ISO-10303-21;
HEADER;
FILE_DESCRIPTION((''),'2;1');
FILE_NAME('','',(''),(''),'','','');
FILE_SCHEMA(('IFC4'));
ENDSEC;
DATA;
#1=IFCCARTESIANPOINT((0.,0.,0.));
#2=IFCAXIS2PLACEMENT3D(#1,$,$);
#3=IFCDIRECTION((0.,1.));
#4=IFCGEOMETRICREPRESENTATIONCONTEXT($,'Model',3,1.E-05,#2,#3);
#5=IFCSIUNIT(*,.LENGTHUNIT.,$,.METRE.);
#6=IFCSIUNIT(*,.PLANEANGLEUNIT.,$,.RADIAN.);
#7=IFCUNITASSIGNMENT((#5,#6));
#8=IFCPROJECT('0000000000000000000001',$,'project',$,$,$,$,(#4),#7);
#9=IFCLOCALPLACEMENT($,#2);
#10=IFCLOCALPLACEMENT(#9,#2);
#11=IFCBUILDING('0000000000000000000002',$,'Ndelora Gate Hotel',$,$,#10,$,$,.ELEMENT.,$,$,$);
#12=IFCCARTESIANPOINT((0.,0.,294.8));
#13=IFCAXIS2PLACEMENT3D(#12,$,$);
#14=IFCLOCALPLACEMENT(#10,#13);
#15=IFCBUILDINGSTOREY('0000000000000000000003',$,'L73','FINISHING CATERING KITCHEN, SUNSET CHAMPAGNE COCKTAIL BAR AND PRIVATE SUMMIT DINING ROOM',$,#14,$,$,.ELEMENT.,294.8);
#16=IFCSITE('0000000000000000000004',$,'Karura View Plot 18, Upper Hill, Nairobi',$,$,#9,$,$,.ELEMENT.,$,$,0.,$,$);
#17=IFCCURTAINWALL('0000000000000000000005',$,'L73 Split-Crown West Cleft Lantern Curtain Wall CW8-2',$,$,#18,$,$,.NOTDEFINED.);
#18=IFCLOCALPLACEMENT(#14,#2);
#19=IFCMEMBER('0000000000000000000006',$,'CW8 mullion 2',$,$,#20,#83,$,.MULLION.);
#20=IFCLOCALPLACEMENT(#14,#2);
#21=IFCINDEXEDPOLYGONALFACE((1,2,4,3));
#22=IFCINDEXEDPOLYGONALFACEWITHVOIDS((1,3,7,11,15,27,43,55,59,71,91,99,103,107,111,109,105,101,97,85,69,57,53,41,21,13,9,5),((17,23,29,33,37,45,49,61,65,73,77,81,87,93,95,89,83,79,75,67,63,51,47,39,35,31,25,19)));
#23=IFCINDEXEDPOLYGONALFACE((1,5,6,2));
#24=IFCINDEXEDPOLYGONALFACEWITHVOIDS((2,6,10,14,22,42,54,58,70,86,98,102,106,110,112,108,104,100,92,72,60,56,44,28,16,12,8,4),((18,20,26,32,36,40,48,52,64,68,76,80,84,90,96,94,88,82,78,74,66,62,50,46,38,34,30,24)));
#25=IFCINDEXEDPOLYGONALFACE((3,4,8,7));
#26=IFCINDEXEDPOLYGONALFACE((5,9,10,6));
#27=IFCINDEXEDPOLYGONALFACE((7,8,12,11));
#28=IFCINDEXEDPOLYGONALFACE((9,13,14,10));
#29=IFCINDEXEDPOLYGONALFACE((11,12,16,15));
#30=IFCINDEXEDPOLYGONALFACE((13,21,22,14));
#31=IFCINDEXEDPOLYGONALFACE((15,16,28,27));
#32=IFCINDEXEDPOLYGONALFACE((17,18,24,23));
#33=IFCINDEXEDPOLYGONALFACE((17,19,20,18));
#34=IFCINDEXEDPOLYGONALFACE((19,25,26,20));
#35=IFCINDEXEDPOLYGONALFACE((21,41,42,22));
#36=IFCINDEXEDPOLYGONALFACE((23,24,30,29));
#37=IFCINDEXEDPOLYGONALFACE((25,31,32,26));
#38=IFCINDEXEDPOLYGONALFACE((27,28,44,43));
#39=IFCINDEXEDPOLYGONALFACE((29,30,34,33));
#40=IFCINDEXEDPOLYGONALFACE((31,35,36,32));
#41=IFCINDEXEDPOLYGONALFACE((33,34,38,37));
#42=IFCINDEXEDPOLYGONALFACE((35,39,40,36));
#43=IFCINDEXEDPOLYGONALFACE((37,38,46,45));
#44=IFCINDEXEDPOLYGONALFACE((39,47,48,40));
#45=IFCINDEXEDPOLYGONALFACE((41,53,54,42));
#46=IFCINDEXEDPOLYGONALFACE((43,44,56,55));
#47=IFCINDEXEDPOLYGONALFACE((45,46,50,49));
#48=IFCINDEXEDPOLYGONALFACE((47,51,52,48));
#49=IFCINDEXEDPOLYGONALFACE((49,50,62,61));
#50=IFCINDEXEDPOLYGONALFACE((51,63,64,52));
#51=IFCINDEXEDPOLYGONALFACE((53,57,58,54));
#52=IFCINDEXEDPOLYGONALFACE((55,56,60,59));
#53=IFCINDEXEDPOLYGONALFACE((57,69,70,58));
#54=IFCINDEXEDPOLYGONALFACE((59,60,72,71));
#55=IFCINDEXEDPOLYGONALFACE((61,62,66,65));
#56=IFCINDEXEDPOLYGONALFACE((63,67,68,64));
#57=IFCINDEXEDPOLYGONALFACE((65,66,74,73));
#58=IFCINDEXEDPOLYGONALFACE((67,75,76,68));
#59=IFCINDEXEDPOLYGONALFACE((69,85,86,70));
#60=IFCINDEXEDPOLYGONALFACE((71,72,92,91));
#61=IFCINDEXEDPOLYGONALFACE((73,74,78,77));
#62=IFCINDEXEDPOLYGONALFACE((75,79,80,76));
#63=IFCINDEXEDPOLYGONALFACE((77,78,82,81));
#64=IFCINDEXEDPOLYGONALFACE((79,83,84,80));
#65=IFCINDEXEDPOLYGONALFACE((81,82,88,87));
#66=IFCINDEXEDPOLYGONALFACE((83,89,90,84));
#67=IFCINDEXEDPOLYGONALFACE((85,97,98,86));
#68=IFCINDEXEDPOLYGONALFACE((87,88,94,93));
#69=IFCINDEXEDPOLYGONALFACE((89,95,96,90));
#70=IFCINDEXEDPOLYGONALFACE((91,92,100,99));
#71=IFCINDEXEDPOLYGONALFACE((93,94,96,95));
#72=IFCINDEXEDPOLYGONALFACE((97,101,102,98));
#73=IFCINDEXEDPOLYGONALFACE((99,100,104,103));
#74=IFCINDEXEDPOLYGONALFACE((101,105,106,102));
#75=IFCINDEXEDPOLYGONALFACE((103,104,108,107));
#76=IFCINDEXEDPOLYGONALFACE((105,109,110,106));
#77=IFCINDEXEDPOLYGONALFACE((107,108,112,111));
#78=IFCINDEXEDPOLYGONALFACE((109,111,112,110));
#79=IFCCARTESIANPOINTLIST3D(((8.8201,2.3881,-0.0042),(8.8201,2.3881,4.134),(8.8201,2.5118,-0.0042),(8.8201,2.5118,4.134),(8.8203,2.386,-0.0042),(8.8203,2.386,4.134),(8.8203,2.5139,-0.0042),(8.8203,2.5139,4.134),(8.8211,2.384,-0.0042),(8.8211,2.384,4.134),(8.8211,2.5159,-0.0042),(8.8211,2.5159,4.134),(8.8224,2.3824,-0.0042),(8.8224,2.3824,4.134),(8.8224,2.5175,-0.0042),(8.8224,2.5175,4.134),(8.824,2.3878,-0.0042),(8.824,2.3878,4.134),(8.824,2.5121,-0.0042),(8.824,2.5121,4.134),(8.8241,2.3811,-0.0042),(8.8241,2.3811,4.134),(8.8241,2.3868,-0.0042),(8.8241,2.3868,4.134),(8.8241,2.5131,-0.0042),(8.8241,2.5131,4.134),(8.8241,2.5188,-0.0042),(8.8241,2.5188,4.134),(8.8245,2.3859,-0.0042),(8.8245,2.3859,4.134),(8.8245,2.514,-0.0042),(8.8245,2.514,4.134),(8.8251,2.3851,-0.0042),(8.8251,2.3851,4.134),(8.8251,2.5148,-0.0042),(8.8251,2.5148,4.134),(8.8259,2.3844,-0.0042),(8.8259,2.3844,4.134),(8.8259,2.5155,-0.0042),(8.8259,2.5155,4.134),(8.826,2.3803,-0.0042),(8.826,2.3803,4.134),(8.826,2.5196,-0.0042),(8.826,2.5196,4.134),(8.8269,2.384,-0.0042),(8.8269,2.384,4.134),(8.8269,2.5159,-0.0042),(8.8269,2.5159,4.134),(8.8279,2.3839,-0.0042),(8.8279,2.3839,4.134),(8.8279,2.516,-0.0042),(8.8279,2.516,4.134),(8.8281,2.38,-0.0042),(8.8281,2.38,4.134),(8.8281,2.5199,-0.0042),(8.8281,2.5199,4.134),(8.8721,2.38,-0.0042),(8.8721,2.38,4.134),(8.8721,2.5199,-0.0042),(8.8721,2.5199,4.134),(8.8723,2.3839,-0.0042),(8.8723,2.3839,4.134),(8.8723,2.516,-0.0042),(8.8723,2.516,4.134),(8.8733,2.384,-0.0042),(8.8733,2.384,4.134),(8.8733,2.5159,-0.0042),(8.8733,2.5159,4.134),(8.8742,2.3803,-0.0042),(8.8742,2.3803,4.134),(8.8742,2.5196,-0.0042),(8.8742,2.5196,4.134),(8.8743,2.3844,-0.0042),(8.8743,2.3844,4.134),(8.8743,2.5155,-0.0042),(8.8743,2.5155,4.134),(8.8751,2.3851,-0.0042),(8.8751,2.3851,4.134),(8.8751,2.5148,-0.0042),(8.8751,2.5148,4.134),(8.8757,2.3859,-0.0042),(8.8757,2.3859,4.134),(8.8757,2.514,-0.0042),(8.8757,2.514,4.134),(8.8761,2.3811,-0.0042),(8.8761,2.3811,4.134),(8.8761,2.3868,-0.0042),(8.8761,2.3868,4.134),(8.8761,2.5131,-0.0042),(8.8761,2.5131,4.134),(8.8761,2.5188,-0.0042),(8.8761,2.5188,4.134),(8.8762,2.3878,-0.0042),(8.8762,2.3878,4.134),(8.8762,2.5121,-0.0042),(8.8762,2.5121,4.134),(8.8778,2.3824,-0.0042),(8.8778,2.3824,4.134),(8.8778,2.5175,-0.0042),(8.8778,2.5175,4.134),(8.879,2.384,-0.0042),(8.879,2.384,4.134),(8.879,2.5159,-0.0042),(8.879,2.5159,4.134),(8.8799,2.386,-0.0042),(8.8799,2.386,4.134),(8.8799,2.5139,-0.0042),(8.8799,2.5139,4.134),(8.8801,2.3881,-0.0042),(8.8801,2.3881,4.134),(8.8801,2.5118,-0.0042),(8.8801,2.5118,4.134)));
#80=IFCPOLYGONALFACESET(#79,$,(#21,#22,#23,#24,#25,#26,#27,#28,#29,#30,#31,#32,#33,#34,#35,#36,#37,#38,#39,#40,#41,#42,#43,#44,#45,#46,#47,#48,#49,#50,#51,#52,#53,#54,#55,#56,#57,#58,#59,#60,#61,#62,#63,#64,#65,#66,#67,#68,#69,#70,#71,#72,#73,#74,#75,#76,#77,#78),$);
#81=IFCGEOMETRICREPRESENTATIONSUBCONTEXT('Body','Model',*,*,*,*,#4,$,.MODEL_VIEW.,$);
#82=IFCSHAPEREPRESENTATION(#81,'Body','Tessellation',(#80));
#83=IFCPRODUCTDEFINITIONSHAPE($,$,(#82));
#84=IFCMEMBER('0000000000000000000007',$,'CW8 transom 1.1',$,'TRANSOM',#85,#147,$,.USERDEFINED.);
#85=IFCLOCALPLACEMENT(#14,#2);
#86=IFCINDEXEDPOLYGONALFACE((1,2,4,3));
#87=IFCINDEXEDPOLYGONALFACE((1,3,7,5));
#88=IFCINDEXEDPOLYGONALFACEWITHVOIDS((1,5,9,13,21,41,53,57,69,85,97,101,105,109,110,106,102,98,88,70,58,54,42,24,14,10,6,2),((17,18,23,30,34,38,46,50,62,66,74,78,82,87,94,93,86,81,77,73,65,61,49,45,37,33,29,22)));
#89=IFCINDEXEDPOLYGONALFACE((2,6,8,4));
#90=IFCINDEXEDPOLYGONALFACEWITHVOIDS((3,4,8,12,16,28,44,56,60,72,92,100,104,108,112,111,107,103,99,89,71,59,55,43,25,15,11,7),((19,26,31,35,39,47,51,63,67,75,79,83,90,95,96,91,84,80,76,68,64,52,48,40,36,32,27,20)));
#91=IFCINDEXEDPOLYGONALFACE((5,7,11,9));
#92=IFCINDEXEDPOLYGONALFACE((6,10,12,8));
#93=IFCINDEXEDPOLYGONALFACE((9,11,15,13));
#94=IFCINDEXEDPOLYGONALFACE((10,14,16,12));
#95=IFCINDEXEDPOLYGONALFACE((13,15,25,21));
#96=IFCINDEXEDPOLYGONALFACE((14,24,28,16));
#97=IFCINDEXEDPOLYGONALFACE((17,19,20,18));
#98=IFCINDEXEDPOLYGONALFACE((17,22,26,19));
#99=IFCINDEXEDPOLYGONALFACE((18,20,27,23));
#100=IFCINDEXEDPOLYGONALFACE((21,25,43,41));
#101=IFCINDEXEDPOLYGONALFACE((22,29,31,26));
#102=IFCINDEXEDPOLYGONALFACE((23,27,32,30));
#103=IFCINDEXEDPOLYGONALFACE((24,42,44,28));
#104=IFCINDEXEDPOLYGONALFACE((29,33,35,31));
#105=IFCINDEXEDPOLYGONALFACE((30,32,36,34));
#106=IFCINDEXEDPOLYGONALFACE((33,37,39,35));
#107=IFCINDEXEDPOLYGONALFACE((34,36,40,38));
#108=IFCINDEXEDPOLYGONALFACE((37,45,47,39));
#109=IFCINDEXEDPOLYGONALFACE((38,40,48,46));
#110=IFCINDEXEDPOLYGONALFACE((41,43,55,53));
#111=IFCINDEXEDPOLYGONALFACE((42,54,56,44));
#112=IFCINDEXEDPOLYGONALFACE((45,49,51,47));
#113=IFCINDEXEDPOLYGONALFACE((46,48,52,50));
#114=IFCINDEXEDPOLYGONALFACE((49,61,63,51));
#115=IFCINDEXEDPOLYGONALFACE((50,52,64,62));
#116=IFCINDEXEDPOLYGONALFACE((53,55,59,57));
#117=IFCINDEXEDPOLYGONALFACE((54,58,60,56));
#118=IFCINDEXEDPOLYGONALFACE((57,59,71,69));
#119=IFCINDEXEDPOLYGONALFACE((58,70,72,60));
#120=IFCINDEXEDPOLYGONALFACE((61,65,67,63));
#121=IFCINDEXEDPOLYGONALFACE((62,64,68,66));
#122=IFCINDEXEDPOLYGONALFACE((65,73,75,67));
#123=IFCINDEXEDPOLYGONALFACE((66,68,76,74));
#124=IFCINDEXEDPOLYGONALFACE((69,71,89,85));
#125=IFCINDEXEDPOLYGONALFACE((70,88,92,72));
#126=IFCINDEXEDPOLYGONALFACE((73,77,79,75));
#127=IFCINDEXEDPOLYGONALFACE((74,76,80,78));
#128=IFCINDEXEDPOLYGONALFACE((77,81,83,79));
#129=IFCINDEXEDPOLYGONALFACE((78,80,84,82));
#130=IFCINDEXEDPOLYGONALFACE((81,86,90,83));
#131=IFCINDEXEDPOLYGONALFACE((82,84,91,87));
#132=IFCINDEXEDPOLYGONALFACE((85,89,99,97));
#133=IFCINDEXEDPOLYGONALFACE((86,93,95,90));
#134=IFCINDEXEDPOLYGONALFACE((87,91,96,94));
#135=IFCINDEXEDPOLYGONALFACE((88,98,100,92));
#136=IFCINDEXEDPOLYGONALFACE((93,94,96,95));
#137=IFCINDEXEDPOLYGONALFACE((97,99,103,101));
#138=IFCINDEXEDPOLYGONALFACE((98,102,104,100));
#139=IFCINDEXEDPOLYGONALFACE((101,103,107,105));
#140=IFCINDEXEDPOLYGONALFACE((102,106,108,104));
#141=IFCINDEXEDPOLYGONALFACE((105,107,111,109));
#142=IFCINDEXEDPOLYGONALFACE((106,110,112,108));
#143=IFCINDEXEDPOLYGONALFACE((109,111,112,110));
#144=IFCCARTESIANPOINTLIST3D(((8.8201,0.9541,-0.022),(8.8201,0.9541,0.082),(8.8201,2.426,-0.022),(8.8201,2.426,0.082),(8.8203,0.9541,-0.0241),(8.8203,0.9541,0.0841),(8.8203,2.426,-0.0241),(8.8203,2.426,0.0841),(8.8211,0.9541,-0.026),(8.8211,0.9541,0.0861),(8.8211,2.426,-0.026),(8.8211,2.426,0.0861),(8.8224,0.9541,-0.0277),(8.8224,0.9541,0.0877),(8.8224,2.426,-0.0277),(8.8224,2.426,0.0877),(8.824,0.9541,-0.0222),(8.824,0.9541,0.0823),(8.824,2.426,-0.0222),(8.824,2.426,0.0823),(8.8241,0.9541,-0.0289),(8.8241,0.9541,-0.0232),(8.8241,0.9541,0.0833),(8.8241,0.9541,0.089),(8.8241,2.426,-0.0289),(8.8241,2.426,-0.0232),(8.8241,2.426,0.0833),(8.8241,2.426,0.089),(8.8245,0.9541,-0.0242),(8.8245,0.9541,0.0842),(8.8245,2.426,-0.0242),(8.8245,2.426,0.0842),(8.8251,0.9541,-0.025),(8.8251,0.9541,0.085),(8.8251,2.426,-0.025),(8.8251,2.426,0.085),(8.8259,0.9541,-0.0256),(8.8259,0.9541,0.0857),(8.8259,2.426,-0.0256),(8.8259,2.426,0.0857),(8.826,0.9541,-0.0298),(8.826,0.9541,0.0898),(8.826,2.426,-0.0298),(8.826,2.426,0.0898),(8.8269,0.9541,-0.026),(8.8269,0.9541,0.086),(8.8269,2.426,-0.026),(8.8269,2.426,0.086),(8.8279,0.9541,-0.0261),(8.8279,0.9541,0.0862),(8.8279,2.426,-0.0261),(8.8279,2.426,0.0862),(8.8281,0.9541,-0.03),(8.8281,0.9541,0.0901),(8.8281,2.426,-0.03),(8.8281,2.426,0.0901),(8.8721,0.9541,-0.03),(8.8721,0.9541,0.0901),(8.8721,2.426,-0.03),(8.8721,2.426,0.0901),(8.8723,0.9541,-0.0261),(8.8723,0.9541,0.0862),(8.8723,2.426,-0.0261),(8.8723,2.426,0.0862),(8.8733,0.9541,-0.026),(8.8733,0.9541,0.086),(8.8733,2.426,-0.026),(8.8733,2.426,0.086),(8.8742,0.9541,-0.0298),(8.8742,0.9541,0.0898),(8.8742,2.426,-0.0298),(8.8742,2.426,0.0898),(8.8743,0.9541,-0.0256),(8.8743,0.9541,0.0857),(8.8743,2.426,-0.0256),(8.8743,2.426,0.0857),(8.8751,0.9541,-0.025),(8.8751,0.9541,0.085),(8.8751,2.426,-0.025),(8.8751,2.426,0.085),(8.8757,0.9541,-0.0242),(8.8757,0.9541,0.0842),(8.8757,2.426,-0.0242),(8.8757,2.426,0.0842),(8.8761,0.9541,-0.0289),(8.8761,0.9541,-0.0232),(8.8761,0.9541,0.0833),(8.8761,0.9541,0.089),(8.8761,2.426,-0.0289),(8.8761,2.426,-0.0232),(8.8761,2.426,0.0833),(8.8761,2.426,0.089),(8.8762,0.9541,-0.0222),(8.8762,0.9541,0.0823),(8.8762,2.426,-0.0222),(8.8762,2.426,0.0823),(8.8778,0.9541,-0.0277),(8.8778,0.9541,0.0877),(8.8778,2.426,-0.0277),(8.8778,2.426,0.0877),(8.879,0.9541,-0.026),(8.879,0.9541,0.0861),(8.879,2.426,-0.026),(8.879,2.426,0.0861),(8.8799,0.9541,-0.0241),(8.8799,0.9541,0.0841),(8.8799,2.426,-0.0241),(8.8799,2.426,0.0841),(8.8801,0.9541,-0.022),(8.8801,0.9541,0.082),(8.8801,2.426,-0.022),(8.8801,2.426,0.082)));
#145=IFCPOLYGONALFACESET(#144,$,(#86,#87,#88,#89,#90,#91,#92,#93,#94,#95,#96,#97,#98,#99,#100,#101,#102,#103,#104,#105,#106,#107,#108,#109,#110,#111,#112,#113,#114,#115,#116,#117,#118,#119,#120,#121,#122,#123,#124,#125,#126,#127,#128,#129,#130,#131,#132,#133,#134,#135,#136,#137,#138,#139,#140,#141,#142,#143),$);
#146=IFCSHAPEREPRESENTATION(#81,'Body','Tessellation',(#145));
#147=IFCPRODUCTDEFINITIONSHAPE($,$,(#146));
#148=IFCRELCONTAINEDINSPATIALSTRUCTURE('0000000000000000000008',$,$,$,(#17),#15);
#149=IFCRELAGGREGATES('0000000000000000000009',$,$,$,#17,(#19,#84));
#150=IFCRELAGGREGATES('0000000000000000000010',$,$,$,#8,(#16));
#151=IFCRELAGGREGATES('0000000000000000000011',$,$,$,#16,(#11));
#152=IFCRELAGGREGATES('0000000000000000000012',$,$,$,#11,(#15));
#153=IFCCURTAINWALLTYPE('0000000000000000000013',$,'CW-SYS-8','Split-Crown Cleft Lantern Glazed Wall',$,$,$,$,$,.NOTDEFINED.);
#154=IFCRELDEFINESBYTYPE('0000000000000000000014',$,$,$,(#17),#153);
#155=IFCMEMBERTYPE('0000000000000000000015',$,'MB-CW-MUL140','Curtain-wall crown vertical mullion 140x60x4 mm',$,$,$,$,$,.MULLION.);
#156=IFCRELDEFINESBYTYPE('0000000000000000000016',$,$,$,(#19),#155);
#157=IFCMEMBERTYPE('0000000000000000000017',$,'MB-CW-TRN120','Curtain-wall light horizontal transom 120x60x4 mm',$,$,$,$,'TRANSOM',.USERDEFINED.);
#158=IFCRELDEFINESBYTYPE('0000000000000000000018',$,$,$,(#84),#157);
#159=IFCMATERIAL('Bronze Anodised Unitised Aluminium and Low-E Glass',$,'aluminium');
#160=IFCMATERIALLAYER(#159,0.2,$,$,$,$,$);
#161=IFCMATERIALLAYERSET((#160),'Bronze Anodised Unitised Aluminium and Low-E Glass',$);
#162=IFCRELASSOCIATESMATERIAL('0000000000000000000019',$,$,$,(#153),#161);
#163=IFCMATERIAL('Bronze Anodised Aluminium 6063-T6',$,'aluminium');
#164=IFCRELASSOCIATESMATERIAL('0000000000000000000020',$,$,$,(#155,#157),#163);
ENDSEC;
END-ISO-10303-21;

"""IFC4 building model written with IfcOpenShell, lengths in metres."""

from ifc_helpers import new_model, si_unit, direction, frame, origin, origin_2d, place, context, subcontext, project, spatial, hollow_rectangle, extrude, material, layer, layer_set, material_profile, profile_set, type_object, element, aggregate, save


model = new_model("IFC4")

# Units and contexts
model_context = context("Model", 3, precision=1e-05, world=origin(), true_north=direction((0.0, 1.0)))
body_context = subcontext(model_context, "Body", "Model", "MODEL_VIEW")
ifc_project = project(units=[si_unit("LENGTHUNIT", "METRE"), si_unit("PLANEANGLEUNIT", "RADIAN")], contexts=[model_context])

# Site, building, storey
site_placement = place(None, origin())
site = spatial("IfcSite", under=ifc_project, at=site_placement, Name="Karura View Plot 18, Upper Hill, Nairobi", CompositionType="ELEMENT", RefElevation=0.0)
building_placement = place(site_placement, origin())
building = spatial("IfcBuilding", under=site, at=building_placement, Name="Ndelora Gate Hotel", CompositionType="ELEMENT")
storey_placement = place(building_placement, frame((0.0, 0.0, 294.8)))
storey = spatial("IfcBuildingStorey", under=building, at=storey_placement, Name="L73", Description="FINISHING CATERING KITCHEN, SUNSET CHAMPAGNE COCKTAIL BAR AND PRIVATE SUMMIT DINING ROOM", CompositionType="ELEMENT", Elevation=294.8)

# Curtain wall, members
ifc_material_1 = material(Name="Bronze Anodised Unitised Aluminium and Low-E Glass", Category="aluminium")
ifc_layer_1 = layer(ifc_material_1, 0.2)
ifc_layer_set_1 = layer_set([ifc_layer_1], Name="Bronze Anodised Unitised Aluminium and Low-E Glass")
curtain_wall_type = type_object("IfcCurtainWallType", Name="CW-SYS-8", Description="Split-Crown Cleft Lantern Glazed Wall", PredefinedType="NOTDEFINED", material=ifc_layer_set_1)
curtain_wall_1_placement = place(storey_placement, origin())
curtain_wall_1 = element("IfcCurtainWall", 1, at=curtain_wall_1_placement, inside=storey, type_object=curtain_wall_type, Name="L73 Split-Crown West Cleft Lantern Curtain Wall CW8-2", PredefinedType="NOTDEFINED")
ifc_material_2 = material(Name="Bronze Anodised Aluminium 6063-T6", Category="aluminium")
ifc_material_profile_1 = material_profile(ifc_material_2, hollow_rectangle(XDim=0.0601, YDim=0.1399, WallThickness=0.0039, InnerFilletRadius=0.0039, OuterFilletRadius=0.0081, at=origin_2d()), Name="ALU 140x60x4")
ifc_profile_set_1 = profile_set([ifc_material_profile_1], Name="Bronze Anodised Aluminium 6063-T6")
member_type_1 = type_object("IfcMemberType", Name="MB-CW-MUL140", Description="Curtain-wall crown vertical mullion 140x60x4 mm", PredefinedType="MULLION", material=ifc_profile_set_1)
member_1_placement = place(storey_placement, frame((8.8501, 2.45, -0.0042), z_axis=(0.0, 0.0, 1.0), x_axis=(-1.0, 0.0, 0.0)))
member_1 = element("IfcMember", 2, at=member_1_placement, type_object=member_type_1, Name="CW8 mullion 2", PredefinedType="MULLION", context=body_context, shape_type="SweptSolid", body=[
    extrude(hollow_rectangle(XDim=0.0601, YDim=0.1399, WallThickness=0.0039, InnerFilletRadius=0.0039, OuterFilletRadius=0.0081, at=origin_2d()), origin(), (0.0, 0.0, 1.0), 4.1382),
])
ifc_material_profile_2 = material_profile(ifc_material_2, hollow_rectangle(XDim=0.0601, YDim=0.1201, WallThickness=0.0039, InnerFilletRadius=0.0039, OuterFilletRadius=0.0081, at=origin_2d()), Name="ALU 120x60x4")
ifc_profile_set_2 = profile_set([ifc_material_profile_2], Name="Bronze Anodised Aluminium 6063-T6")
member_type_2 = type_object("IfcMemberType", Name="MB-CW-TRN120", Description="Curtain-wall light horizontal transom 120x60x4 mm", ElementType="TRANSOM", PredefinedType="USERDEFINED", material=ifc_profile_set_2)
member_2_placement = place(storey_placement, frame((8.8501, 0.9541, 0.03), z_axis=(0.0, 1.0, 0.0), x_axis=(-1.0, 0.0, 0.0)))
member_2 = element("IfcMember", 3, at=member_2_placement, type_object=member_type_2, Name="CW8 transom 1.1", ObjectType="TRANSOM", PredefinedType="USERDEFINED", context=body_context, shape_type="SweptSolid", body=[
    extrude(hollow_rectangle(XDim=0.0601, YDim=0.1201, WallThickness=0.0039, InnerFilletRadius=0.0039, OuterFilletRadius=0.0081, at=origin_2d()), origin(), (0.0, 0.0, 1.0), 1.4719),
])

aggregate(curtain_wall_1, [member_1, member_2])

save(model, "model.ifc")
